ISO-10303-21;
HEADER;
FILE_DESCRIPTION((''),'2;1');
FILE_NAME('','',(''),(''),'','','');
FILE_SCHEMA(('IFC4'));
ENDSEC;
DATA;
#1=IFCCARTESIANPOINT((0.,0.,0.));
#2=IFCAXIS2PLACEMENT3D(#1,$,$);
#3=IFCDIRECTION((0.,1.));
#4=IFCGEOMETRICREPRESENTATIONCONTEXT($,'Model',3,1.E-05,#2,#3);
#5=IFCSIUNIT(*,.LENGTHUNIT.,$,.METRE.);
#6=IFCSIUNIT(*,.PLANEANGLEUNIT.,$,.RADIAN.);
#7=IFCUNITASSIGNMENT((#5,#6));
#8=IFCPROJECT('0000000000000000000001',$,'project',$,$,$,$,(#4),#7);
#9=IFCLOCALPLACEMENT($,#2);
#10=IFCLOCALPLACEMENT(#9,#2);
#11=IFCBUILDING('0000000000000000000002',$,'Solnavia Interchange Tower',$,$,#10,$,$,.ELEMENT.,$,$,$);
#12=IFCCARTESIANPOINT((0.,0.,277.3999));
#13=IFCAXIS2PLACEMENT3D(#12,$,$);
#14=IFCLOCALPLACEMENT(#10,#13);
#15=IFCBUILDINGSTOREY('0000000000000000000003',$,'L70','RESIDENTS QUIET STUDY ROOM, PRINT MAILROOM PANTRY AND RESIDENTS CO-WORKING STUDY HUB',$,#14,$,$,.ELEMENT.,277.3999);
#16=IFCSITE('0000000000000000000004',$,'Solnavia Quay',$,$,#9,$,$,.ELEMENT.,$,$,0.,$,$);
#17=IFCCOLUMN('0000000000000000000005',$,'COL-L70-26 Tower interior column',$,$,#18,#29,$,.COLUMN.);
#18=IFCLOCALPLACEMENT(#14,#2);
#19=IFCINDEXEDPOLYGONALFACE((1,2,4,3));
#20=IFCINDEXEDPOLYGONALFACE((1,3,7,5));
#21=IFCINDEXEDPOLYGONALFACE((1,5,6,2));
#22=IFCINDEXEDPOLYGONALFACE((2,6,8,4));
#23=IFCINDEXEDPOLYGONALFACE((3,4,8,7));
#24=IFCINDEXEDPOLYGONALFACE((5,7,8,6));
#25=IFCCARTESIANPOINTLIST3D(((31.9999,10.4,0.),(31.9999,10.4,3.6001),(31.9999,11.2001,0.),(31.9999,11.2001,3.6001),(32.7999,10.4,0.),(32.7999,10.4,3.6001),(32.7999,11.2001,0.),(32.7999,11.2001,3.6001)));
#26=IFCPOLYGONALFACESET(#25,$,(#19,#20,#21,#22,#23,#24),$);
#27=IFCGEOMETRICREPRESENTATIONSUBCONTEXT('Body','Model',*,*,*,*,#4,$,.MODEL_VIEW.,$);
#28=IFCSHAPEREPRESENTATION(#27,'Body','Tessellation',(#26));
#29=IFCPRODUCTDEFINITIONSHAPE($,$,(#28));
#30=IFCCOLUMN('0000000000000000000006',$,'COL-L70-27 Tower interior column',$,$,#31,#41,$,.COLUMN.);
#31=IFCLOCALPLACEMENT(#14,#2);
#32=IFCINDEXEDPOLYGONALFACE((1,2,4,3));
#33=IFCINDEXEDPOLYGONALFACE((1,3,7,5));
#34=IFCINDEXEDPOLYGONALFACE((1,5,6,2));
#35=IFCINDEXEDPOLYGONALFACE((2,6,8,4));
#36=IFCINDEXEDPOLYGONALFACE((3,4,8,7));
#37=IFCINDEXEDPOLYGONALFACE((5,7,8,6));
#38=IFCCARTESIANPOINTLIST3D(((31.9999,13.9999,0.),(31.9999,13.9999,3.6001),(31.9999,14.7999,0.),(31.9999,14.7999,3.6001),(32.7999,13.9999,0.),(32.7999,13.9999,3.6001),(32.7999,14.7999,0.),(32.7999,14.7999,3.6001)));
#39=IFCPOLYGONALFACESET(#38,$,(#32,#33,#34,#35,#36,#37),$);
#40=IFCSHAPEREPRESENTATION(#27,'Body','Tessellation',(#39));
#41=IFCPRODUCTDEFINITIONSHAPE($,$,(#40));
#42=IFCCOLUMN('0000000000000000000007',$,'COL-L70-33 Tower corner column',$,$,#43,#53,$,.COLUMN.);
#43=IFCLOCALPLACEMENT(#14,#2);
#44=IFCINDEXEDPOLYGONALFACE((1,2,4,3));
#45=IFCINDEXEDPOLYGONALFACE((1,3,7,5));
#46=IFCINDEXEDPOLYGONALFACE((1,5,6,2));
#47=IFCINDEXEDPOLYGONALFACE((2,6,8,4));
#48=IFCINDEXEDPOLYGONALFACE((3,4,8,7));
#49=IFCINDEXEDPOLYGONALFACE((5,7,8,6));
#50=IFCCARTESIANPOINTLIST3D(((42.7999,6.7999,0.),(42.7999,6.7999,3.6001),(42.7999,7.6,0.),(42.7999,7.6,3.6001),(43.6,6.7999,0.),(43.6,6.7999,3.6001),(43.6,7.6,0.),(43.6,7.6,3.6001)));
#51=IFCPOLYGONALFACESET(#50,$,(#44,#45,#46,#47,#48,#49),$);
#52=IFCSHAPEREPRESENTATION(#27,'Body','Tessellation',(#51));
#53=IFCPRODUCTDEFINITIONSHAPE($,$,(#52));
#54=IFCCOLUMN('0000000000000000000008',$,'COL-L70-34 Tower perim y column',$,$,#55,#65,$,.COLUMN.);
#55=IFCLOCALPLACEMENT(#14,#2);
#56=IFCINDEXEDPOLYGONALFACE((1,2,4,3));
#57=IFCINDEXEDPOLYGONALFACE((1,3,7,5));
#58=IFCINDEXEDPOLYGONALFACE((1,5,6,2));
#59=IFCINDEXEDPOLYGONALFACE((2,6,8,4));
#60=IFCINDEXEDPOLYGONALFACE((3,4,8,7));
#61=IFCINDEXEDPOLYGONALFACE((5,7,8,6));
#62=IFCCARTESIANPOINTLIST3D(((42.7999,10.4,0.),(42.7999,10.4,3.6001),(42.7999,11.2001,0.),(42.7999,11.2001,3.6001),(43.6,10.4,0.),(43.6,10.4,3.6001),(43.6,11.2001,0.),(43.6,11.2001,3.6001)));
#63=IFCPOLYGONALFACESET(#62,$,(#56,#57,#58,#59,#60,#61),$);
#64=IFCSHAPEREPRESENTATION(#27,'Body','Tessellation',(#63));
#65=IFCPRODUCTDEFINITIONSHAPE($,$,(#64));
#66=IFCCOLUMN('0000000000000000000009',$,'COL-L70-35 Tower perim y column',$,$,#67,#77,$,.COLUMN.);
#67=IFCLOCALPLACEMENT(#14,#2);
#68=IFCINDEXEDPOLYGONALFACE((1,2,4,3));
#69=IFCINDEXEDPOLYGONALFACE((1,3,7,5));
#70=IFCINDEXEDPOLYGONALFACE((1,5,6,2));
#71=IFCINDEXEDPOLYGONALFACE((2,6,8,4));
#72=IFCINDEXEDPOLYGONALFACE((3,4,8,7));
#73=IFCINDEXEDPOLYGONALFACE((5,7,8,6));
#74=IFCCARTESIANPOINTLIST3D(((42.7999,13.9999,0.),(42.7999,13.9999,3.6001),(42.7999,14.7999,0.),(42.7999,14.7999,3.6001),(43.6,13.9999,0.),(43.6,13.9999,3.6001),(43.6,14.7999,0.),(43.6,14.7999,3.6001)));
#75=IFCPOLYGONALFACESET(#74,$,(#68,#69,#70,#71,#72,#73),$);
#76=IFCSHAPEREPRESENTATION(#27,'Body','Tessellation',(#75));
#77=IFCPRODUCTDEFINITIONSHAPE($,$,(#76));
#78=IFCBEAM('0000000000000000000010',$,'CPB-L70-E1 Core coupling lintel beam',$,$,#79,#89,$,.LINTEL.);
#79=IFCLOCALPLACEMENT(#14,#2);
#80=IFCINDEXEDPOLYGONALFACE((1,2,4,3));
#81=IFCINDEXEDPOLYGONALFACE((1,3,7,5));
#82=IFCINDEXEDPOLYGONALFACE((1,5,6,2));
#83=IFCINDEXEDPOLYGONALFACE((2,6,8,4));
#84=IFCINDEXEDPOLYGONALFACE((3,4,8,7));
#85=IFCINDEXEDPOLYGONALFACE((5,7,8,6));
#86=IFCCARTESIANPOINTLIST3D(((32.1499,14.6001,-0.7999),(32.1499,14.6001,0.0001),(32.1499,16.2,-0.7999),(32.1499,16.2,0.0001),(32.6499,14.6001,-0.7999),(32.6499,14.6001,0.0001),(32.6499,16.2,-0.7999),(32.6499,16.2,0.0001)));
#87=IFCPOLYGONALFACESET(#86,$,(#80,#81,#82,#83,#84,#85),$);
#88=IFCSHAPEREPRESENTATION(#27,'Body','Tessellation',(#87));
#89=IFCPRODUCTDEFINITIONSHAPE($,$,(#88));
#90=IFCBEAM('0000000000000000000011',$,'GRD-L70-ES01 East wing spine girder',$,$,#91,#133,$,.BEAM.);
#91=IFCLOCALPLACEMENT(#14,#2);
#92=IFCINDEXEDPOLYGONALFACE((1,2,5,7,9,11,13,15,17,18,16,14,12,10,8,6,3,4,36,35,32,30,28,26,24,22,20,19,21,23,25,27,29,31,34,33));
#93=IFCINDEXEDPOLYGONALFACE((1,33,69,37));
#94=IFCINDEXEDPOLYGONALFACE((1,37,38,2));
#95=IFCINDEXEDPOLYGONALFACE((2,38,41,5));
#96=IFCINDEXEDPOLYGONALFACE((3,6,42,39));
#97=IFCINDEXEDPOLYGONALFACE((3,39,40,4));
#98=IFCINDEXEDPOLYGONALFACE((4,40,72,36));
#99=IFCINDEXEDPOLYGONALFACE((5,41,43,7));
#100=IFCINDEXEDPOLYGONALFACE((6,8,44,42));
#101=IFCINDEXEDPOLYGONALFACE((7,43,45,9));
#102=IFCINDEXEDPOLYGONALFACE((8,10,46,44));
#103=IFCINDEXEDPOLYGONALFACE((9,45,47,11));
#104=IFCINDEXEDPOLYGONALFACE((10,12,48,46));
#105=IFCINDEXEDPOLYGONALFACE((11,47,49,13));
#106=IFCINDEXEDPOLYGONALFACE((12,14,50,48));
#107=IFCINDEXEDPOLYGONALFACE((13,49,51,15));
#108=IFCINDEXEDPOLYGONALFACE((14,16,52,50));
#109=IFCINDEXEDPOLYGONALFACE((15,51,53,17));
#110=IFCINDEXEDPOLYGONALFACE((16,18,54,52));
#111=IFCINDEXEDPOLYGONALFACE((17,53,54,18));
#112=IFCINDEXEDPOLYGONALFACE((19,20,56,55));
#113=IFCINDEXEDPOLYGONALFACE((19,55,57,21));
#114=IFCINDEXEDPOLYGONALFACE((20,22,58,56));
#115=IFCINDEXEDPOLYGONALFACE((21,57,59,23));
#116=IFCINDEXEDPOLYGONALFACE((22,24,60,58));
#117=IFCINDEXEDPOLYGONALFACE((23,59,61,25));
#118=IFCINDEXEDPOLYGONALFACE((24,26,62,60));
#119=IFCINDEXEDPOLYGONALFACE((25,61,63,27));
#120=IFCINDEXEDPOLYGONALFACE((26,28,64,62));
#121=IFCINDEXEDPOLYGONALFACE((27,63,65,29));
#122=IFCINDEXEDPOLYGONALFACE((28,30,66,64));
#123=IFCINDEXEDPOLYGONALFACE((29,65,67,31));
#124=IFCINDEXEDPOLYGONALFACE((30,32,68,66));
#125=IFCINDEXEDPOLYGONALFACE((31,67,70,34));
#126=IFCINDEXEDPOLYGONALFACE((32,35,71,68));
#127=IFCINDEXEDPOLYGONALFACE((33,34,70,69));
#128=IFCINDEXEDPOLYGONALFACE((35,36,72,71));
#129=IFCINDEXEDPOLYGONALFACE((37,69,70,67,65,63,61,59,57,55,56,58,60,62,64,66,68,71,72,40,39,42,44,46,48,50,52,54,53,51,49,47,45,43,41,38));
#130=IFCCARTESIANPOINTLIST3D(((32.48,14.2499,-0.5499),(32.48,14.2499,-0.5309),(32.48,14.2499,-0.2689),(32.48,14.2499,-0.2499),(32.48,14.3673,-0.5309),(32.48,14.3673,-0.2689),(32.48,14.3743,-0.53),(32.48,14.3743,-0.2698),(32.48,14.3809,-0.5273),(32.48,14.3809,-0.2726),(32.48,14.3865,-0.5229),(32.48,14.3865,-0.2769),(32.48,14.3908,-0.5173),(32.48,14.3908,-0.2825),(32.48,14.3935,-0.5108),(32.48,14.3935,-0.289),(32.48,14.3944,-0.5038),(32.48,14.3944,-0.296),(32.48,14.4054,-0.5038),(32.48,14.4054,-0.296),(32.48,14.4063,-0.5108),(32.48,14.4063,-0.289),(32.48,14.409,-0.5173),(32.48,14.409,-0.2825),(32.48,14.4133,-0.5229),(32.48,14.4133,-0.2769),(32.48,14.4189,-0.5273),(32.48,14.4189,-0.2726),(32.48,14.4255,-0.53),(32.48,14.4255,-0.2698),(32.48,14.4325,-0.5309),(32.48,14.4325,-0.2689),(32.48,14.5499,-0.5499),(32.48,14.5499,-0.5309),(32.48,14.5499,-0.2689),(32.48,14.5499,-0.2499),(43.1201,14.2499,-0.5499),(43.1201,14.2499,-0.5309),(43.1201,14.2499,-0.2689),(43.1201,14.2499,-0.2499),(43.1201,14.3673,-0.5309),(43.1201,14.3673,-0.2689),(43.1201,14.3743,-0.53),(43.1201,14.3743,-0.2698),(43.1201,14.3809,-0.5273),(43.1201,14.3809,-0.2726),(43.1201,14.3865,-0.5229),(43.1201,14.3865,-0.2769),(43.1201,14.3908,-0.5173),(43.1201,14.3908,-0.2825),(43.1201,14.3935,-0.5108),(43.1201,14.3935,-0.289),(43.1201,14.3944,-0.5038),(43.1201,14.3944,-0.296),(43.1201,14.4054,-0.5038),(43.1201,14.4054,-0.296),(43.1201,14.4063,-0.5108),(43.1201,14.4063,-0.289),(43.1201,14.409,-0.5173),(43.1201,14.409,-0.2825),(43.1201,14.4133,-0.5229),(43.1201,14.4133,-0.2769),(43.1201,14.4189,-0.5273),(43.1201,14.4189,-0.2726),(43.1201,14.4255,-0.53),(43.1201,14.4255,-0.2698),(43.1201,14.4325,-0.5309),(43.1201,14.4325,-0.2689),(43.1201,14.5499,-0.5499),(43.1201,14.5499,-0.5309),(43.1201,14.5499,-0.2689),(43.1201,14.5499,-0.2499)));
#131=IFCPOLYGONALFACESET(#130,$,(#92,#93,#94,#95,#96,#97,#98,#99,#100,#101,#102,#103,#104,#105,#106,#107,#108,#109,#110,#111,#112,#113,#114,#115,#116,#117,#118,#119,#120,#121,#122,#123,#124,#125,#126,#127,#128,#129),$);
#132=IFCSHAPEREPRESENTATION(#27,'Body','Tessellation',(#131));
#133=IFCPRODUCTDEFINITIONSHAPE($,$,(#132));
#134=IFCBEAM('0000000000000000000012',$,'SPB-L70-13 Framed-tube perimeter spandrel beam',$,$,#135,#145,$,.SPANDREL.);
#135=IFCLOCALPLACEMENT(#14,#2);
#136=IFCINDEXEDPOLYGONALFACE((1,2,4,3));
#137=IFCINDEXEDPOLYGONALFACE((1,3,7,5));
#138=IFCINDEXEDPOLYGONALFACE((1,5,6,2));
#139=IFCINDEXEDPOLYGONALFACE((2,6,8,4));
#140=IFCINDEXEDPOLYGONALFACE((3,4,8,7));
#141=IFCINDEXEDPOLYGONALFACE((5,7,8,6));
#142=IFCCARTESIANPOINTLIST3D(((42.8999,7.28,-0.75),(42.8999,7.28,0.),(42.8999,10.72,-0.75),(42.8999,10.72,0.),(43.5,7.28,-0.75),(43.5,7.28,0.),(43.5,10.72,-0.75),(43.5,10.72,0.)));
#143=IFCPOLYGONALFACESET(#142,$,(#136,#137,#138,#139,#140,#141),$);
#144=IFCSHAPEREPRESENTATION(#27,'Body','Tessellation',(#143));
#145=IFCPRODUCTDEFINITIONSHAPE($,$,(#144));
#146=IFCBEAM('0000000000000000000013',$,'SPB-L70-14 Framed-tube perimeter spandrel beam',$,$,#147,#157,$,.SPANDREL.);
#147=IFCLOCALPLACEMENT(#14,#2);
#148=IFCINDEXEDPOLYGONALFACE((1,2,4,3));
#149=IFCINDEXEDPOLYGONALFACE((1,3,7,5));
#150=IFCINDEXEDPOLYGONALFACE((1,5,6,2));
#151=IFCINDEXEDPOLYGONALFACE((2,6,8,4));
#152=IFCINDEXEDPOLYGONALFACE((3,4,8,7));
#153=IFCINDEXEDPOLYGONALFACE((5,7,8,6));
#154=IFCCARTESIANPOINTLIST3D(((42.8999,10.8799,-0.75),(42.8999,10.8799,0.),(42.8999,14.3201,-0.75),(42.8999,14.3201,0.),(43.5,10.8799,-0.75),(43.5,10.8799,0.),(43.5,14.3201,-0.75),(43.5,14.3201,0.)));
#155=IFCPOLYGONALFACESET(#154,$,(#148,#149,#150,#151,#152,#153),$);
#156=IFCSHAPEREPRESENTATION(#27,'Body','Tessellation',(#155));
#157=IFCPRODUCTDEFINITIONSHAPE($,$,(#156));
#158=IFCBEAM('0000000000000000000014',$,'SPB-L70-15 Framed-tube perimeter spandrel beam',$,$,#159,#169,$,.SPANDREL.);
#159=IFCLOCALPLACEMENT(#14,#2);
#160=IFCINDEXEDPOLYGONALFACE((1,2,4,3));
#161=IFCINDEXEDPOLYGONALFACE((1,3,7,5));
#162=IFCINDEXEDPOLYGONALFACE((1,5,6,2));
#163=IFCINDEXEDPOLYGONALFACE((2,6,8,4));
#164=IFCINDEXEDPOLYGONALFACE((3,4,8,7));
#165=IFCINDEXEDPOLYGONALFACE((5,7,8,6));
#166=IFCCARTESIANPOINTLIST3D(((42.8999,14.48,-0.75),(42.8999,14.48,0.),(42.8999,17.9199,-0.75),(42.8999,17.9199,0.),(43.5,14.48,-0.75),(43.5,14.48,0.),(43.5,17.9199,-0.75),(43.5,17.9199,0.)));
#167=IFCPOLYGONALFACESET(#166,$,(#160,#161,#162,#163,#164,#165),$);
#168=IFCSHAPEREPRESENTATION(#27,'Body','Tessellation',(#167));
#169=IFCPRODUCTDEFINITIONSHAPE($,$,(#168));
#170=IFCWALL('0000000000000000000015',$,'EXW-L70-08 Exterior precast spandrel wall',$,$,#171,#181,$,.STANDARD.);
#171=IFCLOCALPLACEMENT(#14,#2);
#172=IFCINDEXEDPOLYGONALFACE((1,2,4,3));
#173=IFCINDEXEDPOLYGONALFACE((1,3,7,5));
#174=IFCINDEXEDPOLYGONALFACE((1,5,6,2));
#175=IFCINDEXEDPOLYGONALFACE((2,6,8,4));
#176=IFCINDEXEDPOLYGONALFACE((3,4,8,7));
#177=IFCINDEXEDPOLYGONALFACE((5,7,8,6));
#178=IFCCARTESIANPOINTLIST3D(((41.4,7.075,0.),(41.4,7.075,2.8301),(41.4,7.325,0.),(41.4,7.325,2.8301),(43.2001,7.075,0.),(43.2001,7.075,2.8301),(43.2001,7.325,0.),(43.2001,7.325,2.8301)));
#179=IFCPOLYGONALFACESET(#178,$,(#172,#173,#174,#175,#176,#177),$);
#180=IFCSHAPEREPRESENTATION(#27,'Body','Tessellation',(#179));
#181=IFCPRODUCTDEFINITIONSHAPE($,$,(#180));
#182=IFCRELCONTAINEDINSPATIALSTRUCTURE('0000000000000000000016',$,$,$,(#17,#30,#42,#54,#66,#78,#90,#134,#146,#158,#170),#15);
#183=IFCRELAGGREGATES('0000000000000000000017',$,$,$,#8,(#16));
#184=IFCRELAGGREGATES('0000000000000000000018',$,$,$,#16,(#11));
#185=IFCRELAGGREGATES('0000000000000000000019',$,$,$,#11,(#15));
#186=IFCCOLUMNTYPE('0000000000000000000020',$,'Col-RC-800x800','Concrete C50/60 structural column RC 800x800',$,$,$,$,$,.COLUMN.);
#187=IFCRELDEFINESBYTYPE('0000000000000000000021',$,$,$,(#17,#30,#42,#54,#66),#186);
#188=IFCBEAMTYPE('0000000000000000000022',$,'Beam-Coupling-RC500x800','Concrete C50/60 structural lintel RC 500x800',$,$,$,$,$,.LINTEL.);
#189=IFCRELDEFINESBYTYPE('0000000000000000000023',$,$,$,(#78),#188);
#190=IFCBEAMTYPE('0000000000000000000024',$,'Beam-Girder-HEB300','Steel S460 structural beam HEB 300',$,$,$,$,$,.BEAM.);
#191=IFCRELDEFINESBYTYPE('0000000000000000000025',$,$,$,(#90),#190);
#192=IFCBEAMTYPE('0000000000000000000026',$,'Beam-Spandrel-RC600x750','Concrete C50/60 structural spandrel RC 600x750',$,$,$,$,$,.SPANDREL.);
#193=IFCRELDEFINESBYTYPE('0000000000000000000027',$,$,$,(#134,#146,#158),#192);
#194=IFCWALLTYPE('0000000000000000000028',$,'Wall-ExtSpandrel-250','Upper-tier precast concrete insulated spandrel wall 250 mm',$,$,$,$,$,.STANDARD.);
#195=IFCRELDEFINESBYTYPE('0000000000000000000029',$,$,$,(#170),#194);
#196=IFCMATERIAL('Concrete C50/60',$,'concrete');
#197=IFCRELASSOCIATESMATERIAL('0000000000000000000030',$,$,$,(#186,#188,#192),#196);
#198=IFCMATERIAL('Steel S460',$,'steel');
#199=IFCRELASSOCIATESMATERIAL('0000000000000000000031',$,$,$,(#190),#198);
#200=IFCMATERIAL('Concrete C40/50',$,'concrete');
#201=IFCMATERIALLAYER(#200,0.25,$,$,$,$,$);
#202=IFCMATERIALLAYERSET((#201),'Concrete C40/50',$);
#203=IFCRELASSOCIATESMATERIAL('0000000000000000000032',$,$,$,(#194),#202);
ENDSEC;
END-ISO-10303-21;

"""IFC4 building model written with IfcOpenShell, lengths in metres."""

from ifc_helpers import new_model, si_unit, direction, frame, frame_2d, origin, origin_2d, place, context, subcontext, project, spatial, rectangle, i_section, extrude, material, layer, layer_set, material_profile, profile_set, type_object, element, save


model = new_model("IFC4")

# Units and contexts
model_context = context("Model", 3, precision=1e-05, world=origin(), true_north=direction((0.0, 1.0)))
body_context = subcontext(model_context, "Body", "Model", "MODEL_VIEW")
ifc_project = project(units=[si_unit("LENGTHUNIT", "METRE"), si_unit("PLANEANGLEUNIT", "RADIAN")], contexts=[model_context])

# Site, building, storey
site_placement = place(None, origin())
site = spatial("IfcSite", under=ifc_project, at=site_placement, Name="Solnavia Quay", CompositionType="ELEMENT", RefElevation=0.0)
building_placement = place(site_placement, origin())
building = spatial("IfcBuilding", under=site, at=building_placement, Name="Solnavia Interchange Tower", CompositionType="ELEMENT")
storey_placement = place(building_placement, frame((0.0, 0.0, 277.3999)))
storey = spatial("IfcBuildingStorey", under=building, at=storey_placement, Name="L70", Description="RESIDENTS QUIET STUDY ROOM, PRINT MAILROOM PANTRY AND RESIDENTS CO-WORKING STUDY HUB", CompositionType="ELEMENT", Elevation=277.3999)

# Columns
ifc_material_1 = material(Name="Concrete C50/60", Category="concrete")
ifc_material_profile_1 = material_profile(ifc_material_1, rectangle(XDim=0.8, YDim=0.8, at=origin_2d()), Name="RC 800x800")
ifc_profile_set_1 = profile_set([ifc_material_profile_1], Name="Concrete C50/60")
column_type = type_object("IfcColumnType", Name="Col-RC-800x800", Description="Concrete C50/60 structural column RC 800x800", PredefinedType="COLUMN", material=ifc_profile_set_1)
for number, where, z_axis, x_axis, name in (
    (1, (32.3999, 10.8, 0.0), (0.0, 0.0, 1.0), (1.0, 0.0, 0.0), "COL-L70-26 Tower interior column"),
    (2, (32.3999, 14.3999, 0.0), (0.0, 0.0, 1.0), (1.0, 0.0, 0.0), "COL-L70-27 Tower interior column"),
    (3, (43.2, 7.2, 0.0), (0.0, 0.0, 1.0), (1.0, 0.0, 0.0), "COL-L70-33 Tower corner column"),
    (4, (43.2, 10.8, 0.0), (0.0, 0.0, 1.0), (0.0, 1.0, 0.0), "COL-L70-34 Tower perim y column"),
    (5, (43.2, 14.3999, 0.0), (0.0, 0.0, 1.0), (0.0, 1.0, 0.0), "COL-L70-35 Tower perim y column"),
):
    element("IfcColumn", number, at=place(storey_placement, frame(where, z_axis=z_axis, x_axis=x_axis)), inside=storey, type_object=column_type, Name=name, PredefinedType="COLUMN", context=body_context, shape_type="SweptSolid", body=[
        extrude(rectangle(XDim=0.8, YDim=0.8, at=origin_2d()), origin(), (0.0, 0.0, 1.0), 3.6001),
    ])

# Beams
ifc_material_profile_2 = material_profile(ifc_material_1, rectangle(XDim=0.5, YDim=0.8, at=origin_2d()), Name="RC 500x800")
ifc_profile_set_2 = profile_set([ifc_material_profile_2], Name="Concrete C50/60")
beam_type_1 = type_object("IfcBeamType", Name="Beam-Coupling-RC500x800", Description="Concrete C50/60 structural lintel RC 500x800", PredefinedType="LINTEL", material=ifc_profile_set_2)
beam_1_placement = place(storey_placement, frame((32.3999, 14.6001, -0.3999), z_axis=(0.0, 1.0, 0.0), x_axis=(-1.0, 0.0, 0.0)))
element("IfcBeam", 6, at=beam_1_placement, inside=storey, type_object=beam_type_1, Name="CPB-L70-E1 Core coupling lintel beam", PredefinedType="LINTEL", context=body_context, shape_type="SweptSolid", body=[
    extrude(rectangle(XDim=0.5, YDim=0.8, at=origin_2d()), origin(), (0.0, 0.0, 1.0), 1.5999),
])
ifc_material_2 = material(Name="Steel S460", Category="steel")
ifc_material_profile_3 = material_profile(ifc_material_2, i_section(OverallWidth=0.3, OverallDepth=0.3, WebThickness=0.011, FlangeThickness=0.019, FilletRadius=0.0271, at=origin_2d()), Name="HEB 300")
ifc_profile_set_3 = profile_set([ifc_material_profile_3], Name="Steel S460")
beam_type_2 = type_object("IfcBeamType", Name="Beam-Girder-HEB300", Description="Steel S460 structural beam HEB 300", PredefinedType="BEAM", material=ifc_profile_set_3)
beam_2_placement = place(storey_placement, frame((32.48, 14.3999, -0.3999), z_axis=(1.0, 0.0, 0.0), x_axis=(0.0, 1.0, 0.0)))
element("IfcBeam", 7, at=beam_2_placement, inside=storey, type_object=beam_type_2, Name="GRD-L70-ES01 East wing spine girder", PredefinedType="BEAM", context=body_context, shape_type="SweptSolid", body=[
    extrude(i_section(OverallWidth=0.3, OverallDepth=0.3, WebThickness=0.011, FlangeThickness=0.019, FilletRadius=0.0271, at=origin_2d()), origin(), (0.0, 0.0, 1.0), 10.6401),
])
ifc_material_profile_4 = material_profile(ifc_material_1, rectangle(XDim=0.6001, YDim=0.75, at=origin_2d()), Name="RC 600x750")
ifc_profile_set_4 = profile_set([ifc_material_profile_4], Name="Concrete C50/60")
beam_type_3 = type_object("IfcBeamType", Name="Beam-Spandrel-RC600x750", Description="Concrete C50/60 structural spandrel RC 600x750", PredefinedType="SPANDREL", material=ifc_profile_set_4)
beam_3_placement = place(storey_placement, frame((43.2, 7.28, -0.375), z_axis=(0.0, 1.0, 0.0), x_axis=(-1.0, 0.0, 0.0)))
element("IfcBeam", 8, at=beam_3_placement, inside=storey, type_object=beam_type_3, Name="SPB-L70-13 Framed-tube perimeter spandrel beam", PredefinedType="SPANDREL", context=body_context, shape_type="SweptSolid", body=[
    extrude(rectangle(XDim=0.6001, YDim=0.75, at=origin_2d()), origin(), (0.0, 0.0, 1.0), 3.4399),
])
beam_4_placement = place(storey_placement, frame((43.2, 10.8799, -0.375), z_axis=(0.0, 1.0, 0.0), x_axis=(-1.0, 0.0, 0.0)))
element("IfcBeam", 9, at=beam_4_placement, inside=storey, type_object=beam_type_3, Name="SPB-L70-14 Framed-tube perimeter spandrel beam", PredefinedType="SPANDREL", context=body_context, shape_type="SweptSolid", body=[
    extrude(rectangle(XDim=0.6001, YDim=0.75, at=origin_2d()), origin(), (0.0, 0.0, 1.0), 3.4402),
])
beam_5_placement = place(storey_placement, frame((43.2, 14.48, -0.375), z_axis=(0.0, 1.0, 0.0), x_axis=(-1.0, 0.0, 0.0)))
element("IfcBeam", 10, at=beam_5_placement, inside=storey, type_object=beam_type_3, Name="SPB-L70-15 Framed-tube perimeter spandrel beam", PredefinedType="SPANDREL", context=body_context, shape_type="SweptSolid", body=[
    extrude(rectangle(XDim=0.6001, YDim=0.75, at=origin_2d()), origin(), (0.0, 0.0, 1.0), 3.4399),
])

# Wall
ifc_material_3 = material(Name="Concrete C40/50", Category="concrete")
ifc_layer_1 = layer(ifc_material_3, 0.25)
ifc_layer_set_1 = layer_set([ifc_layer_1], Name="Concrete C40/50")
wall_type_1 = type_object("IfcWallType", Name="Wall-ExtSpandrel-250", Description="Upper-tier precast concrete insulated spandrel wall 250 mm", PredefinedType="STANDARD", material=ifc_layer_set_1)
wall_1_placement = place(storey_placement, frame((43.2, 7.2, 0.0), z_axis=(0.0, 0.0, 1.0), x_axis=(-1.0, 0.0, 0.0)))
element("IfcWall", 11, at=wall_1_placement, inside=storey, type_object=wall_type_1, Name="EXW-L70-08 Exterior precast spandrel wall", PredefinedType="STANDARD", context=body_context, shape_type="SweptSolid", body=[
    extrude(rectangle(XDim=1.8, YDim=0.25, at=frame_2d((0.8999, 0.0))), origin(), (0.0, 0.0, 1.0), 2.8301),
])

save(model, "model.ifc")
